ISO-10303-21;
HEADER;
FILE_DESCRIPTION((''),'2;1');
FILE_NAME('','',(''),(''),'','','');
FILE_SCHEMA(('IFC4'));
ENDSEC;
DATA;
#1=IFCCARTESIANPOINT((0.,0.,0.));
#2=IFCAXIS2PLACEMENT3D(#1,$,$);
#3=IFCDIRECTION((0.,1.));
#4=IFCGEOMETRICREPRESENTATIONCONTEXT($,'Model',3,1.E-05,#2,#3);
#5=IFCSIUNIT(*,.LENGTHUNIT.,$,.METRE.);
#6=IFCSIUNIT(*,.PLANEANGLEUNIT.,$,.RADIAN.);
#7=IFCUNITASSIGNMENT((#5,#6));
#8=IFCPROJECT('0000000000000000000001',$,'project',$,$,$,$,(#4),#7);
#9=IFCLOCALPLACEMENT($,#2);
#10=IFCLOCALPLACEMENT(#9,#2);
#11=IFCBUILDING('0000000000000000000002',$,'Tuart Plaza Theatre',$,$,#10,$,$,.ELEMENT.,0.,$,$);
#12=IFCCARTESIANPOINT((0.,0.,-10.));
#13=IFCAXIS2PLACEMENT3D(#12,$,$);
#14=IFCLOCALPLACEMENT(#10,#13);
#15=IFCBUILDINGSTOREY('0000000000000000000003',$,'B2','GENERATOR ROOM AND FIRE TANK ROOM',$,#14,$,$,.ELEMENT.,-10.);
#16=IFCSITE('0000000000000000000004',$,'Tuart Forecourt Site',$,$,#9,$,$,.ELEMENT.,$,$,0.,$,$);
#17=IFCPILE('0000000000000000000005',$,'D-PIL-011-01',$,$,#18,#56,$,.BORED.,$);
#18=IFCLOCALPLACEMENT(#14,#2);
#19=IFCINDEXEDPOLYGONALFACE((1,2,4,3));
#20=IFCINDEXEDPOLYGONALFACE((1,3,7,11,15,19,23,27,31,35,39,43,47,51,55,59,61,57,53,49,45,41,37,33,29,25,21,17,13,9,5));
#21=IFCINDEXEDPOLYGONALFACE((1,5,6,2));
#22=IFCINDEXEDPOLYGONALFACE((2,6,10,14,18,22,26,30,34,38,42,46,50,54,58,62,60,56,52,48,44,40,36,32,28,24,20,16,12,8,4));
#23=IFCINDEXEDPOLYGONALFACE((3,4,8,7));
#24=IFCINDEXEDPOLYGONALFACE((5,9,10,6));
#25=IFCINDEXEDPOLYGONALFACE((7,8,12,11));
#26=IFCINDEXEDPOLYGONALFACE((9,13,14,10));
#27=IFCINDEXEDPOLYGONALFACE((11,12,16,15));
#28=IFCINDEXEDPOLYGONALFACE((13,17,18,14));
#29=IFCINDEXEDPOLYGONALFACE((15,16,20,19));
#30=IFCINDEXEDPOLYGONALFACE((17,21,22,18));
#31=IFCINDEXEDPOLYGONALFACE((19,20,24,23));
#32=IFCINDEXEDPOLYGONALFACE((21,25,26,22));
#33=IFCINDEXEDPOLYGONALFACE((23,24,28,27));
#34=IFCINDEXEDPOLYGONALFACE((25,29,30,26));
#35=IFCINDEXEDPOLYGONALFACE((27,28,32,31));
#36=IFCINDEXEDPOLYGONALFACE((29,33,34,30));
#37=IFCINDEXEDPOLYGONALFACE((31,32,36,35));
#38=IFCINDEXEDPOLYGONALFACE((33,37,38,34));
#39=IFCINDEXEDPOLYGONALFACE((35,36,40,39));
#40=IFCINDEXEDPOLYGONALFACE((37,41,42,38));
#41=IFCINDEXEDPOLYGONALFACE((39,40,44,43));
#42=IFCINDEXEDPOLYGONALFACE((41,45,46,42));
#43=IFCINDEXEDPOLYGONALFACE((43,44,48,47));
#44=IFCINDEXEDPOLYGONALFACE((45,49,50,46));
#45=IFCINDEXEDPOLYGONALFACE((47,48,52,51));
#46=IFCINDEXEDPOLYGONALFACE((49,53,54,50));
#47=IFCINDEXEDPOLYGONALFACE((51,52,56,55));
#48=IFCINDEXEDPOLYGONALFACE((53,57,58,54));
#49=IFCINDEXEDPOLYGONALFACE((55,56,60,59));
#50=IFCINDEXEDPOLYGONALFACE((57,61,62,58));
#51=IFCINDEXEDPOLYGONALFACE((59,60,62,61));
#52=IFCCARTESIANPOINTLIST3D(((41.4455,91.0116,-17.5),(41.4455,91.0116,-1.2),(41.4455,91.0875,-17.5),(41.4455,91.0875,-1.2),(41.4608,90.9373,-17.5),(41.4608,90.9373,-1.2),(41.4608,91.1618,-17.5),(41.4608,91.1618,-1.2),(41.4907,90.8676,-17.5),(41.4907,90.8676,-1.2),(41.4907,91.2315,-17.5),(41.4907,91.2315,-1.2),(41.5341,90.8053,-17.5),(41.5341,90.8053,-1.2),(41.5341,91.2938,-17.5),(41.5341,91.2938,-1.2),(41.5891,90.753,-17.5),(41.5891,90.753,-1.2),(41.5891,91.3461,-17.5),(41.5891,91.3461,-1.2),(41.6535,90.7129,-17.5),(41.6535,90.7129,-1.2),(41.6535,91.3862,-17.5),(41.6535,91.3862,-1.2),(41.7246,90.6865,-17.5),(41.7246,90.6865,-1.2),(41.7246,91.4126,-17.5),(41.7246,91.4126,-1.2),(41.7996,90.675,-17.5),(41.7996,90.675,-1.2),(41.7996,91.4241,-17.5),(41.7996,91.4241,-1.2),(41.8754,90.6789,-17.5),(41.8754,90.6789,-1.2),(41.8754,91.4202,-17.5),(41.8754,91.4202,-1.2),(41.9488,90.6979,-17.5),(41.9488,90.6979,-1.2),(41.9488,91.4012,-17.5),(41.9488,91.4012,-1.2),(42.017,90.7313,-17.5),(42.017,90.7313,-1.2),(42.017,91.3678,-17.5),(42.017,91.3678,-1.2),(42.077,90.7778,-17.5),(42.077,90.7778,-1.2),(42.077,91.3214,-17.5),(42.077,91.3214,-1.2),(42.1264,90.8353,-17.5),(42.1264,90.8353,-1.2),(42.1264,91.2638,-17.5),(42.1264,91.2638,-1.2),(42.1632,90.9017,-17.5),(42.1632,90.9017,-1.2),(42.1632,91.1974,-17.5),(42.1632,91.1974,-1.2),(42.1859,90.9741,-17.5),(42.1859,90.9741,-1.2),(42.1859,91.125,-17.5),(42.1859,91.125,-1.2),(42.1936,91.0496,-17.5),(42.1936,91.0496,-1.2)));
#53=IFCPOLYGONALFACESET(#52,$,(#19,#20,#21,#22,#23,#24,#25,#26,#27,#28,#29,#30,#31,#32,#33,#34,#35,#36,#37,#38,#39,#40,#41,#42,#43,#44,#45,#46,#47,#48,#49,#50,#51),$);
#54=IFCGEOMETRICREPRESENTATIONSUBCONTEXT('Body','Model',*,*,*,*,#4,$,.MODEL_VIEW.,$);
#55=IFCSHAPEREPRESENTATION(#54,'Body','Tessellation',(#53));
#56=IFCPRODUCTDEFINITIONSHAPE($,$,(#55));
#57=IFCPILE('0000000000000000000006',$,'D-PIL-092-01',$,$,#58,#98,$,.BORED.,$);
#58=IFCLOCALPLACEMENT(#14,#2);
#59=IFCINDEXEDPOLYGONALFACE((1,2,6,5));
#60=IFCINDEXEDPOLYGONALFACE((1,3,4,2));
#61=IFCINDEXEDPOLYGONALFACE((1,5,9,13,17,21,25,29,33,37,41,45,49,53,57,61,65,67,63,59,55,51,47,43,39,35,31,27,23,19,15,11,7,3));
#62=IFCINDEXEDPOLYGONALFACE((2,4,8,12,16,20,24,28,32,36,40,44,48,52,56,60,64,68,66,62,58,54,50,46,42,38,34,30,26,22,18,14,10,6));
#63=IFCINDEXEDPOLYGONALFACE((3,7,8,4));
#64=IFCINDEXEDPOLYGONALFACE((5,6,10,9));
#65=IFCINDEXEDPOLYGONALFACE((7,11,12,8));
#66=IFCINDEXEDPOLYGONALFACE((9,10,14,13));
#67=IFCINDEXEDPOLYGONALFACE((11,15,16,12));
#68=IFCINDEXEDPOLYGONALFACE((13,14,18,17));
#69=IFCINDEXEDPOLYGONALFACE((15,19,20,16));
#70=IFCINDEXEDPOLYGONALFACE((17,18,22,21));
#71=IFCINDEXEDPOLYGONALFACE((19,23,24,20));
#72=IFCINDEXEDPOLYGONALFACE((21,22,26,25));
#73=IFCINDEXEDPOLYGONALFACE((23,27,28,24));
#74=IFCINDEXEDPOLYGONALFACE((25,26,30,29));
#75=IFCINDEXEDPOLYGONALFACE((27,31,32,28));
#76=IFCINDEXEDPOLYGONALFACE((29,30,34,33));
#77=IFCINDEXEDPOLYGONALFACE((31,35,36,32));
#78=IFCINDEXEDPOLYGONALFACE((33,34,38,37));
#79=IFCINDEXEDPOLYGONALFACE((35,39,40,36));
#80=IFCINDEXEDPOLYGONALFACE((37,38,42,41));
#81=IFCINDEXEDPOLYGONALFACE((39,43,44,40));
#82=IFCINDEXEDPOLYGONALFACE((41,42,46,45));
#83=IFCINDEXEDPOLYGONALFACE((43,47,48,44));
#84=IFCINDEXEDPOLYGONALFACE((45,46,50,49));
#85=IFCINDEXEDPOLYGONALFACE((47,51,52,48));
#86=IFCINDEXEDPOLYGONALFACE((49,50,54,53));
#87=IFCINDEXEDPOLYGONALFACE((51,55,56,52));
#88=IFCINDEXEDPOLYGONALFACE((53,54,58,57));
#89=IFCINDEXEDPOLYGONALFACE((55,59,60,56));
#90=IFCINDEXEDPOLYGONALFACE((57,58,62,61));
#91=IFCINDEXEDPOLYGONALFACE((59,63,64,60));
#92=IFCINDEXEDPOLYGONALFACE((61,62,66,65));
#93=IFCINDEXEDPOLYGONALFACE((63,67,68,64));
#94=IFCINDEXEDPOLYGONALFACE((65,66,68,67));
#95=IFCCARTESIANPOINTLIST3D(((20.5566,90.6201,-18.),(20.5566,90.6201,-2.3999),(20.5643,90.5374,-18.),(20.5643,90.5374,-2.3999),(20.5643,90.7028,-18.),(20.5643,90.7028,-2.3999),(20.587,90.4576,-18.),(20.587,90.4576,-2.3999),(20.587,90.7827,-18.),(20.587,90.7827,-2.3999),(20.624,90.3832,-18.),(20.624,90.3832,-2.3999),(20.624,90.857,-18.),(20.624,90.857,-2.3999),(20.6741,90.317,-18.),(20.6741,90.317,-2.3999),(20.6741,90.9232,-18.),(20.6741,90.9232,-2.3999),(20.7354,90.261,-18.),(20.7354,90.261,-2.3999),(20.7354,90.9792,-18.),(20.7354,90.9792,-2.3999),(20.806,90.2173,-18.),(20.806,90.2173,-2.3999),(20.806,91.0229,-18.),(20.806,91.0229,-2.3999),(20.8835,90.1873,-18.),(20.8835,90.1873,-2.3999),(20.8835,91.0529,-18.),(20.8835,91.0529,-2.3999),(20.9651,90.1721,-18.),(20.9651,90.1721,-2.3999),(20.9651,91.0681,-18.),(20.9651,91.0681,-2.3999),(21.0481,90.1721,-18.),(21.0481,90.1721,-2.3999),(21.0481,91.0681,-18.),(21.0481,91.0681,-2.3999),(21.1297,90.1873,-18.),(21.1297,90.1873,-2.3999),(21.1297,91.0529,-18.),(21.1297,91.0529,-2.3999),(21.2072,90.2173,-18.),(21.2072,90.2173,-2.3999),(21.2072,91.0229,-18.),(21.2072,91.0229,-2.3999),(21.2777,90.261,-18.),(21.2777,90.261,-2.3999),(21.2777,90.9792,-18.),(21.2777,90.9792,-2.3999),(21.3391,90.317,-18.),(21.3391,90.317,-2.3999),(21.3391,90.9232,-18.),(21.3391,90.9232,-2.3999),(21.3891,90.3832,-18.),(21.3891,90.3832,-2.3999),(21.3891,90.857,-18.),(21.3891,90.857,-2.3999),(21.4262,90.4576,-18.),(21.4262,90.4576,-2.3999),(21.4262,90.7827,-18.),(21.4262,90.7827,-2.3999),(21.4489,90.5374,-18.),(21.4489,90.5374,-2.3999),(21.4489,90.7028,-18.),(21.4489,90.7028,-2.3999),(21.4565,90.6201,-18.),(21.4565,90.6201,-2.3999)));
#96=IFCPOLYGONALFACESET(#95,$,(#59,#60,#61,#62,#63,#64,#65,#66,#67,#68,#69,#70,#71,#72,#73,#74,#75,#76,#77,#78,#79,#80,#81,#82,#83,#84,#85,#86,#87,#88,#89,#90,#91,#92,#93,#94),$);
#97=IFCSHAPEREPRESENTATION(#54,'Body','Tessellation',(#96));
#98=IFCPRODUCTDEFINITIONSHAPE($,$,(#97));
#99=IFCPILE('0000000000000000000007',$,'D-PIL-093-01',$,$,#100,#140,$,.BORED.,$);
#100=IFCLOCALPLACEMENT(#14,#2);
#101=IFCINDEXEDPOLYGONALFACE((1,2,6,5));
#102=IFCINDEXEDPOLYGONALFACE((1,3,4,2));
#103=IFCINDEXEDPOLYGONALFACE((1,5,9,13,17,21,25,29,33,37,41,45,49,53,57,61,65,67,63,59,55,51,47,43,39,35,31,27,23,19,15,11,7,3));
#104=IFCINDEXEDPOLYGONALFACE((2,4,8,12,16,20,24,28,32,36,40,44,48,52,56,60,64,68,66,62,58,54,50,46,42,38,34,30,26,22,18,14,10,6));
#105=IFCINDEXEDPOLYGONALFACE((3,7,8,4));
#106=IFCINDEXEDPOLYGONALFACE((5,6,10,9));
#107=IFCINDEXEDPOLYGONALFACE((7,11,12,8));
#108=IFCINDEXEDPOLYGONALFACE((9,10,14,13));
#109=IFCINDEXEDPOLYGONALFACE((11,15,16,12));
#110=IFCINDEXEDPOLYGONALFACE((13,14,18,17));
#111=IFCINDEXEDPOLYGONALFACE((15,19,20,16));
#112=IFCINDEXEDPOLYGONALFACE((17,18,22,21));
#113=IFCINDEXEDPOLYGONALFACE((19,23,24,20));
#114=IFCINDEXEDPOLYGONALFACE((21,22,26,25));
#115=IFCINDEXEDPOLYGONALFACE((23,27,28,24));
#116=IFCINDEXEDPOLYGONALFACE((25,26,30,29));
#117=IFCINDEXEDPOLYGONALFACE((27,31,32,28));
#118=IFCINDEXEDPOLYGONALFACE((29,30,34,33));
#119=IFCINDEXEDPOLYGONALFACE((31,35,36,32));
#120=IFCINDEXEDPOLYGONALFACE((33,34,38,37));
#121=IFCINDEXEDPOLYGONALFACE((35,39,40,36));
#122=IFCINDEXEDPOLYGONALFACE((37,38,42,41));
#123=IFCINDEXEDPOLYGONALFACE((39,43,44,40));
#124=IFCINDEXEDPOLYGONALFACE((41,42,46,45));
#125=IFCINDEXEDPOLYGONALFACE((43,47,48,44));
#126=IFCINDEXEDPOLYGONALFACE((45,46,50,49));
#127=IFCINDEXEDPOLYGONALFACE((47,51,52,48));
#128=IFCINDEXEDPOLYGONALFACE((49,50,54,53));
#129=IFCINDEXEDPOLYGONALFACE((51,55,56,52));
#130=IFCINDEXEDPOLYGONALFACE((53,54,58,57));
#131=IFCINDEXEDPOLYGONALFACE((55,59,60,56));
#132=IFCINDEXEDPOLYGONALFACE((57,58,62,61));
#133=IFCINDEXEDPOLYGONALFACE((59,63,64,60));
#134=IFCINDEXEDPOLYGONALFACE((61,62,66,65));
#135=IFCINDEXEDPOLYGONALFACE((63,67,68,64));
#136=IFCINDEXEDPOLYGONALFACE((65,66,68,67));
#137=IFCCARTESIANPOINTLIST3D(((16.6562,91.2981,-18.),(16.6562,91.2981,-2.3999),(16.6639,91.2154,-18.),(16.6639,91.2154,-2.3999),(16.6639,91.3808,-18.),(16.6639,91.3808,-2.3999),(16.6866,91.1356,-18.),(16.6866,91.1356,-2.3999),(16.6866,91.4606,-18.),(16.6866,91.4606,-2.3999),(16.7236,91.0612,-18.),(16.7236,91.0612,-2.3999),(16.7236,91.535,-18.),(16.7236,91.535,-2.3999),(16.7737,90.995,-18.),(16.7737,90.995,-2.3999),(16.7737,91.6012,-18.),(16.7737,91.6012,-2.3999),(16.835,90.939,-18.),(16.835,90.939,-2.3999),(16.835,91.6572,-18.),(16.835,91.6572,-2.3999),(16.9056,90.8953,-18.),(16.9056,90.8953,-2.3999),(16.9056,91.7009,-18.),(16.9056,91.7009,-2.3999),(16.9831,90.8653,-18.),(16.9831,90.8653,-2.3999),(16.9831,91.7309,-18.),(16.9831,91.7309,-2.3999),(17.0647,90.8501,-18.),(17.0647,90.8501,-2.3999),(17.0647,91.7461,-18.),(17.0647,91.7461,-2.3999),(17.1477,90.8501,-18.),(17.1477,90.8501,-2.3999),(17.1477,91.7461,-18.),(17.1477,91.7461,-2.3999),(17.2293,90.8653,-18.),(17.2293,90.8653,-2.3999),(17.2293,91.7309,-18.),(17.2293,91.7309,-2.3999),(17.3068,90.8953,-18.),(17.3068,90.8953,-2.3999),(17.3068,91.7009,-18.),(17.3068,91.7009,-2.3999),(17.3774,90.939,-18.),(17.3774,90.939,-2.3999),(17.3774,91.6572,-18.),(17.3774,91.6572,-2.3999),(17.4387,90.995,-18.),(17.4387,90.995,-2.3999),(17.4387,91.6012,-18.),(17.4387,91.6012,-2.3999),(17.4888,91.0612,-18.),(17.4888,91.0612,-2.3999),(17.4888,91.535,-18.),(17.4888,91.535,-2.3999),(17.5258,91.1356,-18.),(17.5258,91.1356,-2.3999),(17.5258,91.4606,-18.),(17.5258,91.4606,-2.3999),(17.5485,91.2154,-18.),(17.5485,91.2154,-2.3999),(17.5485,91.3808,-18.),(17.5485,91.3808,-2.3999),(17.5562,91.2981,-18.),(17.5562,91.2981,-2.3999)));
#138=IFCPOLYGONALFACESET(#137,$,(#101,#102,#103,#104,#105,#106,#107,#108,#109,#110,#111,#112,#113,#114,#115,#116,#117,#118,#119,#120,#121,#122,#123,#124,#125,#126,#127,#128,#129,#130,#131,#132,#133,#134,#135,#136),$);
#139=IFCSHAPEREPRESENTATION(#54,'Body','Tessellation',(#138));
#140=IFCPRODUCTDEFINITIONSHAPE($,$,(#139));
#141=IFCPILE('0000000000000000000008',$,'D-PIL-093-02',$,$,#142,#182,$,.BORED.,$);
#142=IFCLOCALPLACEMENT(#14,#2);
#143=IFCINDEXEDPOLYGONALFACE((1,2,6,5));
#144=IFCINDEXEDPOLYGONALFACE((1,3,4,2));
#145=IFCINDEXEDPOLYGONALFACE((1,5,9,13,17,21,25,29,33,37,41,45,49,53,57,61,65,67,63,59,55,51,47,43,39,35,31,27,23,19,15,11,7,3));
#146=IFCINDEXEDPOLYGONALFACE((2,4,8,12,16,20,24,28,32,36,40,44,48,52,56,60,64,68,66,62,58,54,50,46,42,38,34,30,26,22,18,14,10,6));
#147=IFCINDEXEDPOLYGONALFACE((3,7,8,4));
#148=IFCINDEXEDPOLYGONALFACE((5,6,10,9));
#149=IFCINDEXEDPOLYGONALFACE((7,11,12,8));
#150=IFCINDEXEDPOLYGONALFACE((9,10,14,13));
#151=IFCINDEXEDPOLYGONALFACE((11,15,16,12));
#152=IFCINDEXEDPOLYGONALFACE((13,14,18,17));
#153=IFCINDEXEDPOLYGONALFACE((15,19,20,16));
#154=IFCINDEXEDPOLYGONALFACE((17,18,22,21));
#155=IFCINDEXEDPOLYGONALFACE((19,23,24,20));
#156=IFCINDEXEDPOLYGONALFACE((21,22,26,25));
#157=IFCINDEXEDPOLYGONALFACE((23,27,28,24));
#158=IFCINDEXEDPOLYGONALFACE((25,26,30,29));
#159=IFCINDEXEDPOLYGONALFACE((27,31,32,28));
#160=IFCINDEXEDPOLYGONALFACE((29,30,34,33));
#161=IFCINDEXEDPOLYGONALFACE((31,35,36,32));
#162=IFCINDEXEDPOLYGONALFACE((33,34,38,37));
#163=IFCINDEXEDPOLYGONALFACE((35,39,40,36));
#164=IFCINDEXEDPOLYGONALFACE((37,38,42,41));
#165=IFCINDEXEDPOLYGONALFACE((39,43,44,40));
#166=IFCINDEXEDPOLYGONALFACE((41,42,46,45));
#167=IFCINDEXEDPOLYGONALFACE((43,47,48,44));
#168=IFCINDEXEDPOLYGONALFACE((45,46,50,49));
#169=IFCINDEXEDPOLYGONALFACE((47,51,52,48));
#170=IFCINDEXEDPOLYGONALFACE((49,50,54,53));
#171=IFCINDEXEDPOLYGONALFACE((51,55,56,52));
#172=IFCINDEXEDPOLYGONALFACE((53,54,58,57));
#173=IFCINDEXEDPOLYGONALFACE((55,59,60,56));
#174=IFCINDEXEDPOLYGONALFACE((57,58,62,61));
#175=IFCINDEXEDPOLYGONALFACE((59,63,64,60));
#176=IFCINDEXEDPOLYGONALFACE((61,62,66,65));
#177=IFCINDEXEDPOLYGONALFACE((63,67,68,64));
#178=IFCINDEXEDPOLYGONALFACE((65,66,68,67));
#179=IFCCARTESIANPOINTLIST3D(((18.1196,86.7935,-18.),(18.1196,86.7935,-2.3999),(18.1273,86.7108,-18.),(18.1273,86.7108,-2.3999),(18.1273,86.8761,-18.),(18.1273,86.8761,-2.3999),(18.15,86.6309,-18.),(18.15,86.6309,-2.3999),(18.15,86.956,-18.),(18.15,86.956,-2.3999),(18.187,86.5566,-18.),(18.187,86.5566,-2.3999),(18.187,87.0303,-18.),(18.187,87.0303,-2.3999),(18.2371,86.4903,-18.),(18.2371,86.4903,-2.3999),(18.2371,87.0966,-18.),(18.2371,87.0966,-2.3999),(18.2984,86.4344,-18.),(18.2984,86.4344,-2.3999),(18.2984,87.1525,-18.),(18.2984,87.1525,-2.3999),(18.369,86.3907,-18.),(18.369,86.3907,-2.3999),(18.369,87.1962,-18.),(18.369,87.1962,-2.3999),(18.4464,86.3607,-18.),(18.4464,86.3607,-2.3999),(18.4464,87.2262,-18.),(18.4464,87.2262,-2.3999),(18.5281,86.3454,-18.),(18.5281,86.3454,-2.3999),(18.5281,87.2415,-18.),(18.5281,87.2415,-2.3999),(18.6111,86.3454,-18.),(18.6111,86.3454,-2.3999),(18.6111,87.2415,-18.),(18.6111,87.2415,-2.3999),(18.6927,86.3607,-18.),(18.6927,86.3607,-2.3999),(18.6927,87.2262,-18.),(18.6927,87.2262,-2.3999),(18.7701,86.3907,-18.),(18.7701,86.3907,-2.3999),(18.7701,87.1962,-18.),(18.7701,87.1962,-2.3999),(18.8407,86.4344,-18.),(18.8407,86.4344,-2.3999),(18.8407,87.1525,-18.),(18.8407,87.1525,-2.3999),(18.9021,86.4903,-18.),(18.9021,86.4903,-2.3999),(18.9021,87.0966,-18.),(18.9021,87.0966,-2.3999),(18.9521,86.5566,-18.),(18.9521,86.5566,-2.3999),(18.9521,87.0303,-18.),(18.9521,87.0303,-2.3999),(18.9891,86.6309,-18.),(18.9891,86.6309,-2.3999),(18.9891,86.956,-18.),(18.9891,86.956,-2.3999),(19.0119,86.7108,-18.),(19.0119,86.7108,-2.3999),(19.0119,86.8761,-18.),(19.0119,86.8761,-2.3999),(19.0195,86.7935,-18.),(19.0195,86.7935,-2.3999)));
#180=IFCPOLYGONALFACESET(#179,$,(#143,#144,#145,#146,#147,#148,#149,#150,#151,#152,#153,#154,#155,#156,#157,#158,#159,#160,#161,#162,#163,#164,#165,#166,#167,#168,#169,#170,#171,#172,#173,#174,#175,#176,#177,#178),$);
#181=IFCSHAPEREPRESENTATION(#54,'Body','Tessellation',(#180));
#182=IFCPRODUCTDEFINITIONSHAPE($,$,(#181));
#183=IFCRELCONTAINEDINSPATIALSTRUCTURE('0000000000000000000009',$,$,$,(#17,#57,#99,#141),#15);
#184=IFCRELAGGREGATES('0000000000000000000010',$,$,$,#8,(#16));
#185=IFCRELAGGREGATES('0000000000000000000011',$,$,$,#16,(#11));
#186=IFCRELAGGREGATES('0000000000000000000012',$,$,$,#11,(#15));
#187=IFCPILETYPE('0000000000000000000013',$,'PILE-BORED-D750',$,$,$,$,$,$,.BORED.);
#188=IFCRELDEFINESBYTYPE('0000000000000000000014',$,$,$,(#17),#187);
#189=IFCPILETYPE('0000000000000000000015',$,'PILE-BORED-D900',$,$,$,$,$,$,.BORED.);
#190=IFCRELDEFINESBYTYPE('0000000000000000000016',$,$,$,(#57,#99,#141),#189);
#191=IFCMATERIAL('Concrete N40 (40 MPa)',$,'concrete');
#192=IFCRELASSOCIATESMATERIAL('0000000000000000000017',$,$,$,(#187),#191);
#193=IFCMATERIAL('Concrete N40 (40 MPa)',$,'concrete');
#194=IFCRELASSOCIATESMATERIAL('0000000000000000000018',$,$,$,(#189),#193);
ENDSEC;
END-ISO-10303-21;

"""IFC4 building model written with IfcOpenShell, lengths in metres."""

from ifc_helpers import new_model, si_unit, direction, frame, origin, origin_2d, place, context, subcontext, project, spatial, circle, extrude, material, material_profile, profile_set, type_object, element, save


model = new_model("IFC4")

# Units and contexts
model_context = context("Model", 3, precision=1e-05, world=origin(), true_north=direction((0.0, 1.0)))
body_context = subcontext(model_context, "Body", "Model", "MODEL_VIEW")
ifc_project = project(units=[si_unit("LENGTHUNIT", "METRE"), si_unit("PLANEANGLEUNIT", "RADIAN")], contexts=[model_context])

# Site, building, storey
site_placement = place(None, origin())
site = spatial("IfcSite", under=ifc_project, at=site_placement, Name="Tuart Forecourt Site", CompositionType="ELEMENT", RefElevation=0.0)
building_placement = place(site_placement, origin())
building = spatial("IfcBuilding", under=site, at=building_placement, Name="Tuart Plaza Theatre", CompositionType="ELEMENT", ElevationOfRefHeight=0.0)
storey_placement = place(building_placement, frame((0.0, 0.0, -10.0)))
storey = spatial("IfcBuildingStorey", under=building, at=storey_placement, Name="B2", Description="GENERATOR ROOM AND FIRE TANK ROOM", CompositionType="ELEMENT", Elevation=-10.0)

# Piles
ifc_material_1 = material(Name="Concrete N40 (40 MPa)", Category="concrete")
ifc_material_profile_1 = material_profile(ifc_material_1, circle(Radius=0.375, at=origin_2d()), Name="PILE-BORED-D750")
ifc_profile_set_1 = profile_set([ifc_material_profile_1], Name="Concrete N40 (40 MPa)")
pile_type_1 = type_object("IfcPileType", Name="PILE-BORED-D750", PredefinedType="BORED", material=ifc_profile_set_1)
pile_1_placement = place(storey_placement, frame((41.8186, 91.0496, -1.2), z_axis=(0.0, 0.0, -1.0), x_axis=(1.0, 0.0, 0.0)))
element("IfcPile", 1, at=pile_1_placement, inside=storey, type_object=pile_type_1, Name="D-PIL-011-01", PredefinedType="BORED", context=body_context, shape_type="SweptSolid", body=[
    extrude(circle(Radius=0.375, at=origin_2d()), origin(), (0.0, 0.0, 1.0), 16.3),
])
ifc_material_2 = material(Name="Concrete N40 (40 MPa)", Category="concrete")
ifc_material_profile_2 = material_profile(ifc_material_2, circle(Radius=0.45, at=origin_2d()), Name="PILE-BORED-D900")
ifc_profile_set_2 = profile_set([ifc_material_profile_2], Name="Concrete N40 (40 MPa)")
pile_type_2 = type_object("IfcPileType", Name="PILE-BORED-D900", PredefinedType="BORED", material=ifc_profile_set_2)
for number, where, z_axis, x_axis, name in (
    (2, (21.0066, 90.6201, -2.3999), (0.0, 0.0, -1.0), (1.0, 0.0, 0.0), "D-PIL-092-01"),
    (3, (17.1062, 91.2981, -2.3999), (0.0, 0.0, -1.0), (1.0, 0.0, 0.0), "D-PIL-093-01"),
    (4, (18.5696, 86.7935, -2.3999), (0.0, 0.0, -1.0), (1.0, 0.0, 0.0), "D-PIL-093-02"),
):
    element("IfcPile", number, at=place(storey_placement, frame(where, z_axis=z_axis, x_axis=x_axis)), inside=storey, type_object=pile_type_2, Name=name, PredefinedType="BORED", context=body_context, shape_type="SweptSolid", body=[
        extrude(circle(Radius=0.45, at=origin_2d()), origin(), (0.0, 0.0, 1.0), 15.6001),
    ])

save(model, "model.ifc")
